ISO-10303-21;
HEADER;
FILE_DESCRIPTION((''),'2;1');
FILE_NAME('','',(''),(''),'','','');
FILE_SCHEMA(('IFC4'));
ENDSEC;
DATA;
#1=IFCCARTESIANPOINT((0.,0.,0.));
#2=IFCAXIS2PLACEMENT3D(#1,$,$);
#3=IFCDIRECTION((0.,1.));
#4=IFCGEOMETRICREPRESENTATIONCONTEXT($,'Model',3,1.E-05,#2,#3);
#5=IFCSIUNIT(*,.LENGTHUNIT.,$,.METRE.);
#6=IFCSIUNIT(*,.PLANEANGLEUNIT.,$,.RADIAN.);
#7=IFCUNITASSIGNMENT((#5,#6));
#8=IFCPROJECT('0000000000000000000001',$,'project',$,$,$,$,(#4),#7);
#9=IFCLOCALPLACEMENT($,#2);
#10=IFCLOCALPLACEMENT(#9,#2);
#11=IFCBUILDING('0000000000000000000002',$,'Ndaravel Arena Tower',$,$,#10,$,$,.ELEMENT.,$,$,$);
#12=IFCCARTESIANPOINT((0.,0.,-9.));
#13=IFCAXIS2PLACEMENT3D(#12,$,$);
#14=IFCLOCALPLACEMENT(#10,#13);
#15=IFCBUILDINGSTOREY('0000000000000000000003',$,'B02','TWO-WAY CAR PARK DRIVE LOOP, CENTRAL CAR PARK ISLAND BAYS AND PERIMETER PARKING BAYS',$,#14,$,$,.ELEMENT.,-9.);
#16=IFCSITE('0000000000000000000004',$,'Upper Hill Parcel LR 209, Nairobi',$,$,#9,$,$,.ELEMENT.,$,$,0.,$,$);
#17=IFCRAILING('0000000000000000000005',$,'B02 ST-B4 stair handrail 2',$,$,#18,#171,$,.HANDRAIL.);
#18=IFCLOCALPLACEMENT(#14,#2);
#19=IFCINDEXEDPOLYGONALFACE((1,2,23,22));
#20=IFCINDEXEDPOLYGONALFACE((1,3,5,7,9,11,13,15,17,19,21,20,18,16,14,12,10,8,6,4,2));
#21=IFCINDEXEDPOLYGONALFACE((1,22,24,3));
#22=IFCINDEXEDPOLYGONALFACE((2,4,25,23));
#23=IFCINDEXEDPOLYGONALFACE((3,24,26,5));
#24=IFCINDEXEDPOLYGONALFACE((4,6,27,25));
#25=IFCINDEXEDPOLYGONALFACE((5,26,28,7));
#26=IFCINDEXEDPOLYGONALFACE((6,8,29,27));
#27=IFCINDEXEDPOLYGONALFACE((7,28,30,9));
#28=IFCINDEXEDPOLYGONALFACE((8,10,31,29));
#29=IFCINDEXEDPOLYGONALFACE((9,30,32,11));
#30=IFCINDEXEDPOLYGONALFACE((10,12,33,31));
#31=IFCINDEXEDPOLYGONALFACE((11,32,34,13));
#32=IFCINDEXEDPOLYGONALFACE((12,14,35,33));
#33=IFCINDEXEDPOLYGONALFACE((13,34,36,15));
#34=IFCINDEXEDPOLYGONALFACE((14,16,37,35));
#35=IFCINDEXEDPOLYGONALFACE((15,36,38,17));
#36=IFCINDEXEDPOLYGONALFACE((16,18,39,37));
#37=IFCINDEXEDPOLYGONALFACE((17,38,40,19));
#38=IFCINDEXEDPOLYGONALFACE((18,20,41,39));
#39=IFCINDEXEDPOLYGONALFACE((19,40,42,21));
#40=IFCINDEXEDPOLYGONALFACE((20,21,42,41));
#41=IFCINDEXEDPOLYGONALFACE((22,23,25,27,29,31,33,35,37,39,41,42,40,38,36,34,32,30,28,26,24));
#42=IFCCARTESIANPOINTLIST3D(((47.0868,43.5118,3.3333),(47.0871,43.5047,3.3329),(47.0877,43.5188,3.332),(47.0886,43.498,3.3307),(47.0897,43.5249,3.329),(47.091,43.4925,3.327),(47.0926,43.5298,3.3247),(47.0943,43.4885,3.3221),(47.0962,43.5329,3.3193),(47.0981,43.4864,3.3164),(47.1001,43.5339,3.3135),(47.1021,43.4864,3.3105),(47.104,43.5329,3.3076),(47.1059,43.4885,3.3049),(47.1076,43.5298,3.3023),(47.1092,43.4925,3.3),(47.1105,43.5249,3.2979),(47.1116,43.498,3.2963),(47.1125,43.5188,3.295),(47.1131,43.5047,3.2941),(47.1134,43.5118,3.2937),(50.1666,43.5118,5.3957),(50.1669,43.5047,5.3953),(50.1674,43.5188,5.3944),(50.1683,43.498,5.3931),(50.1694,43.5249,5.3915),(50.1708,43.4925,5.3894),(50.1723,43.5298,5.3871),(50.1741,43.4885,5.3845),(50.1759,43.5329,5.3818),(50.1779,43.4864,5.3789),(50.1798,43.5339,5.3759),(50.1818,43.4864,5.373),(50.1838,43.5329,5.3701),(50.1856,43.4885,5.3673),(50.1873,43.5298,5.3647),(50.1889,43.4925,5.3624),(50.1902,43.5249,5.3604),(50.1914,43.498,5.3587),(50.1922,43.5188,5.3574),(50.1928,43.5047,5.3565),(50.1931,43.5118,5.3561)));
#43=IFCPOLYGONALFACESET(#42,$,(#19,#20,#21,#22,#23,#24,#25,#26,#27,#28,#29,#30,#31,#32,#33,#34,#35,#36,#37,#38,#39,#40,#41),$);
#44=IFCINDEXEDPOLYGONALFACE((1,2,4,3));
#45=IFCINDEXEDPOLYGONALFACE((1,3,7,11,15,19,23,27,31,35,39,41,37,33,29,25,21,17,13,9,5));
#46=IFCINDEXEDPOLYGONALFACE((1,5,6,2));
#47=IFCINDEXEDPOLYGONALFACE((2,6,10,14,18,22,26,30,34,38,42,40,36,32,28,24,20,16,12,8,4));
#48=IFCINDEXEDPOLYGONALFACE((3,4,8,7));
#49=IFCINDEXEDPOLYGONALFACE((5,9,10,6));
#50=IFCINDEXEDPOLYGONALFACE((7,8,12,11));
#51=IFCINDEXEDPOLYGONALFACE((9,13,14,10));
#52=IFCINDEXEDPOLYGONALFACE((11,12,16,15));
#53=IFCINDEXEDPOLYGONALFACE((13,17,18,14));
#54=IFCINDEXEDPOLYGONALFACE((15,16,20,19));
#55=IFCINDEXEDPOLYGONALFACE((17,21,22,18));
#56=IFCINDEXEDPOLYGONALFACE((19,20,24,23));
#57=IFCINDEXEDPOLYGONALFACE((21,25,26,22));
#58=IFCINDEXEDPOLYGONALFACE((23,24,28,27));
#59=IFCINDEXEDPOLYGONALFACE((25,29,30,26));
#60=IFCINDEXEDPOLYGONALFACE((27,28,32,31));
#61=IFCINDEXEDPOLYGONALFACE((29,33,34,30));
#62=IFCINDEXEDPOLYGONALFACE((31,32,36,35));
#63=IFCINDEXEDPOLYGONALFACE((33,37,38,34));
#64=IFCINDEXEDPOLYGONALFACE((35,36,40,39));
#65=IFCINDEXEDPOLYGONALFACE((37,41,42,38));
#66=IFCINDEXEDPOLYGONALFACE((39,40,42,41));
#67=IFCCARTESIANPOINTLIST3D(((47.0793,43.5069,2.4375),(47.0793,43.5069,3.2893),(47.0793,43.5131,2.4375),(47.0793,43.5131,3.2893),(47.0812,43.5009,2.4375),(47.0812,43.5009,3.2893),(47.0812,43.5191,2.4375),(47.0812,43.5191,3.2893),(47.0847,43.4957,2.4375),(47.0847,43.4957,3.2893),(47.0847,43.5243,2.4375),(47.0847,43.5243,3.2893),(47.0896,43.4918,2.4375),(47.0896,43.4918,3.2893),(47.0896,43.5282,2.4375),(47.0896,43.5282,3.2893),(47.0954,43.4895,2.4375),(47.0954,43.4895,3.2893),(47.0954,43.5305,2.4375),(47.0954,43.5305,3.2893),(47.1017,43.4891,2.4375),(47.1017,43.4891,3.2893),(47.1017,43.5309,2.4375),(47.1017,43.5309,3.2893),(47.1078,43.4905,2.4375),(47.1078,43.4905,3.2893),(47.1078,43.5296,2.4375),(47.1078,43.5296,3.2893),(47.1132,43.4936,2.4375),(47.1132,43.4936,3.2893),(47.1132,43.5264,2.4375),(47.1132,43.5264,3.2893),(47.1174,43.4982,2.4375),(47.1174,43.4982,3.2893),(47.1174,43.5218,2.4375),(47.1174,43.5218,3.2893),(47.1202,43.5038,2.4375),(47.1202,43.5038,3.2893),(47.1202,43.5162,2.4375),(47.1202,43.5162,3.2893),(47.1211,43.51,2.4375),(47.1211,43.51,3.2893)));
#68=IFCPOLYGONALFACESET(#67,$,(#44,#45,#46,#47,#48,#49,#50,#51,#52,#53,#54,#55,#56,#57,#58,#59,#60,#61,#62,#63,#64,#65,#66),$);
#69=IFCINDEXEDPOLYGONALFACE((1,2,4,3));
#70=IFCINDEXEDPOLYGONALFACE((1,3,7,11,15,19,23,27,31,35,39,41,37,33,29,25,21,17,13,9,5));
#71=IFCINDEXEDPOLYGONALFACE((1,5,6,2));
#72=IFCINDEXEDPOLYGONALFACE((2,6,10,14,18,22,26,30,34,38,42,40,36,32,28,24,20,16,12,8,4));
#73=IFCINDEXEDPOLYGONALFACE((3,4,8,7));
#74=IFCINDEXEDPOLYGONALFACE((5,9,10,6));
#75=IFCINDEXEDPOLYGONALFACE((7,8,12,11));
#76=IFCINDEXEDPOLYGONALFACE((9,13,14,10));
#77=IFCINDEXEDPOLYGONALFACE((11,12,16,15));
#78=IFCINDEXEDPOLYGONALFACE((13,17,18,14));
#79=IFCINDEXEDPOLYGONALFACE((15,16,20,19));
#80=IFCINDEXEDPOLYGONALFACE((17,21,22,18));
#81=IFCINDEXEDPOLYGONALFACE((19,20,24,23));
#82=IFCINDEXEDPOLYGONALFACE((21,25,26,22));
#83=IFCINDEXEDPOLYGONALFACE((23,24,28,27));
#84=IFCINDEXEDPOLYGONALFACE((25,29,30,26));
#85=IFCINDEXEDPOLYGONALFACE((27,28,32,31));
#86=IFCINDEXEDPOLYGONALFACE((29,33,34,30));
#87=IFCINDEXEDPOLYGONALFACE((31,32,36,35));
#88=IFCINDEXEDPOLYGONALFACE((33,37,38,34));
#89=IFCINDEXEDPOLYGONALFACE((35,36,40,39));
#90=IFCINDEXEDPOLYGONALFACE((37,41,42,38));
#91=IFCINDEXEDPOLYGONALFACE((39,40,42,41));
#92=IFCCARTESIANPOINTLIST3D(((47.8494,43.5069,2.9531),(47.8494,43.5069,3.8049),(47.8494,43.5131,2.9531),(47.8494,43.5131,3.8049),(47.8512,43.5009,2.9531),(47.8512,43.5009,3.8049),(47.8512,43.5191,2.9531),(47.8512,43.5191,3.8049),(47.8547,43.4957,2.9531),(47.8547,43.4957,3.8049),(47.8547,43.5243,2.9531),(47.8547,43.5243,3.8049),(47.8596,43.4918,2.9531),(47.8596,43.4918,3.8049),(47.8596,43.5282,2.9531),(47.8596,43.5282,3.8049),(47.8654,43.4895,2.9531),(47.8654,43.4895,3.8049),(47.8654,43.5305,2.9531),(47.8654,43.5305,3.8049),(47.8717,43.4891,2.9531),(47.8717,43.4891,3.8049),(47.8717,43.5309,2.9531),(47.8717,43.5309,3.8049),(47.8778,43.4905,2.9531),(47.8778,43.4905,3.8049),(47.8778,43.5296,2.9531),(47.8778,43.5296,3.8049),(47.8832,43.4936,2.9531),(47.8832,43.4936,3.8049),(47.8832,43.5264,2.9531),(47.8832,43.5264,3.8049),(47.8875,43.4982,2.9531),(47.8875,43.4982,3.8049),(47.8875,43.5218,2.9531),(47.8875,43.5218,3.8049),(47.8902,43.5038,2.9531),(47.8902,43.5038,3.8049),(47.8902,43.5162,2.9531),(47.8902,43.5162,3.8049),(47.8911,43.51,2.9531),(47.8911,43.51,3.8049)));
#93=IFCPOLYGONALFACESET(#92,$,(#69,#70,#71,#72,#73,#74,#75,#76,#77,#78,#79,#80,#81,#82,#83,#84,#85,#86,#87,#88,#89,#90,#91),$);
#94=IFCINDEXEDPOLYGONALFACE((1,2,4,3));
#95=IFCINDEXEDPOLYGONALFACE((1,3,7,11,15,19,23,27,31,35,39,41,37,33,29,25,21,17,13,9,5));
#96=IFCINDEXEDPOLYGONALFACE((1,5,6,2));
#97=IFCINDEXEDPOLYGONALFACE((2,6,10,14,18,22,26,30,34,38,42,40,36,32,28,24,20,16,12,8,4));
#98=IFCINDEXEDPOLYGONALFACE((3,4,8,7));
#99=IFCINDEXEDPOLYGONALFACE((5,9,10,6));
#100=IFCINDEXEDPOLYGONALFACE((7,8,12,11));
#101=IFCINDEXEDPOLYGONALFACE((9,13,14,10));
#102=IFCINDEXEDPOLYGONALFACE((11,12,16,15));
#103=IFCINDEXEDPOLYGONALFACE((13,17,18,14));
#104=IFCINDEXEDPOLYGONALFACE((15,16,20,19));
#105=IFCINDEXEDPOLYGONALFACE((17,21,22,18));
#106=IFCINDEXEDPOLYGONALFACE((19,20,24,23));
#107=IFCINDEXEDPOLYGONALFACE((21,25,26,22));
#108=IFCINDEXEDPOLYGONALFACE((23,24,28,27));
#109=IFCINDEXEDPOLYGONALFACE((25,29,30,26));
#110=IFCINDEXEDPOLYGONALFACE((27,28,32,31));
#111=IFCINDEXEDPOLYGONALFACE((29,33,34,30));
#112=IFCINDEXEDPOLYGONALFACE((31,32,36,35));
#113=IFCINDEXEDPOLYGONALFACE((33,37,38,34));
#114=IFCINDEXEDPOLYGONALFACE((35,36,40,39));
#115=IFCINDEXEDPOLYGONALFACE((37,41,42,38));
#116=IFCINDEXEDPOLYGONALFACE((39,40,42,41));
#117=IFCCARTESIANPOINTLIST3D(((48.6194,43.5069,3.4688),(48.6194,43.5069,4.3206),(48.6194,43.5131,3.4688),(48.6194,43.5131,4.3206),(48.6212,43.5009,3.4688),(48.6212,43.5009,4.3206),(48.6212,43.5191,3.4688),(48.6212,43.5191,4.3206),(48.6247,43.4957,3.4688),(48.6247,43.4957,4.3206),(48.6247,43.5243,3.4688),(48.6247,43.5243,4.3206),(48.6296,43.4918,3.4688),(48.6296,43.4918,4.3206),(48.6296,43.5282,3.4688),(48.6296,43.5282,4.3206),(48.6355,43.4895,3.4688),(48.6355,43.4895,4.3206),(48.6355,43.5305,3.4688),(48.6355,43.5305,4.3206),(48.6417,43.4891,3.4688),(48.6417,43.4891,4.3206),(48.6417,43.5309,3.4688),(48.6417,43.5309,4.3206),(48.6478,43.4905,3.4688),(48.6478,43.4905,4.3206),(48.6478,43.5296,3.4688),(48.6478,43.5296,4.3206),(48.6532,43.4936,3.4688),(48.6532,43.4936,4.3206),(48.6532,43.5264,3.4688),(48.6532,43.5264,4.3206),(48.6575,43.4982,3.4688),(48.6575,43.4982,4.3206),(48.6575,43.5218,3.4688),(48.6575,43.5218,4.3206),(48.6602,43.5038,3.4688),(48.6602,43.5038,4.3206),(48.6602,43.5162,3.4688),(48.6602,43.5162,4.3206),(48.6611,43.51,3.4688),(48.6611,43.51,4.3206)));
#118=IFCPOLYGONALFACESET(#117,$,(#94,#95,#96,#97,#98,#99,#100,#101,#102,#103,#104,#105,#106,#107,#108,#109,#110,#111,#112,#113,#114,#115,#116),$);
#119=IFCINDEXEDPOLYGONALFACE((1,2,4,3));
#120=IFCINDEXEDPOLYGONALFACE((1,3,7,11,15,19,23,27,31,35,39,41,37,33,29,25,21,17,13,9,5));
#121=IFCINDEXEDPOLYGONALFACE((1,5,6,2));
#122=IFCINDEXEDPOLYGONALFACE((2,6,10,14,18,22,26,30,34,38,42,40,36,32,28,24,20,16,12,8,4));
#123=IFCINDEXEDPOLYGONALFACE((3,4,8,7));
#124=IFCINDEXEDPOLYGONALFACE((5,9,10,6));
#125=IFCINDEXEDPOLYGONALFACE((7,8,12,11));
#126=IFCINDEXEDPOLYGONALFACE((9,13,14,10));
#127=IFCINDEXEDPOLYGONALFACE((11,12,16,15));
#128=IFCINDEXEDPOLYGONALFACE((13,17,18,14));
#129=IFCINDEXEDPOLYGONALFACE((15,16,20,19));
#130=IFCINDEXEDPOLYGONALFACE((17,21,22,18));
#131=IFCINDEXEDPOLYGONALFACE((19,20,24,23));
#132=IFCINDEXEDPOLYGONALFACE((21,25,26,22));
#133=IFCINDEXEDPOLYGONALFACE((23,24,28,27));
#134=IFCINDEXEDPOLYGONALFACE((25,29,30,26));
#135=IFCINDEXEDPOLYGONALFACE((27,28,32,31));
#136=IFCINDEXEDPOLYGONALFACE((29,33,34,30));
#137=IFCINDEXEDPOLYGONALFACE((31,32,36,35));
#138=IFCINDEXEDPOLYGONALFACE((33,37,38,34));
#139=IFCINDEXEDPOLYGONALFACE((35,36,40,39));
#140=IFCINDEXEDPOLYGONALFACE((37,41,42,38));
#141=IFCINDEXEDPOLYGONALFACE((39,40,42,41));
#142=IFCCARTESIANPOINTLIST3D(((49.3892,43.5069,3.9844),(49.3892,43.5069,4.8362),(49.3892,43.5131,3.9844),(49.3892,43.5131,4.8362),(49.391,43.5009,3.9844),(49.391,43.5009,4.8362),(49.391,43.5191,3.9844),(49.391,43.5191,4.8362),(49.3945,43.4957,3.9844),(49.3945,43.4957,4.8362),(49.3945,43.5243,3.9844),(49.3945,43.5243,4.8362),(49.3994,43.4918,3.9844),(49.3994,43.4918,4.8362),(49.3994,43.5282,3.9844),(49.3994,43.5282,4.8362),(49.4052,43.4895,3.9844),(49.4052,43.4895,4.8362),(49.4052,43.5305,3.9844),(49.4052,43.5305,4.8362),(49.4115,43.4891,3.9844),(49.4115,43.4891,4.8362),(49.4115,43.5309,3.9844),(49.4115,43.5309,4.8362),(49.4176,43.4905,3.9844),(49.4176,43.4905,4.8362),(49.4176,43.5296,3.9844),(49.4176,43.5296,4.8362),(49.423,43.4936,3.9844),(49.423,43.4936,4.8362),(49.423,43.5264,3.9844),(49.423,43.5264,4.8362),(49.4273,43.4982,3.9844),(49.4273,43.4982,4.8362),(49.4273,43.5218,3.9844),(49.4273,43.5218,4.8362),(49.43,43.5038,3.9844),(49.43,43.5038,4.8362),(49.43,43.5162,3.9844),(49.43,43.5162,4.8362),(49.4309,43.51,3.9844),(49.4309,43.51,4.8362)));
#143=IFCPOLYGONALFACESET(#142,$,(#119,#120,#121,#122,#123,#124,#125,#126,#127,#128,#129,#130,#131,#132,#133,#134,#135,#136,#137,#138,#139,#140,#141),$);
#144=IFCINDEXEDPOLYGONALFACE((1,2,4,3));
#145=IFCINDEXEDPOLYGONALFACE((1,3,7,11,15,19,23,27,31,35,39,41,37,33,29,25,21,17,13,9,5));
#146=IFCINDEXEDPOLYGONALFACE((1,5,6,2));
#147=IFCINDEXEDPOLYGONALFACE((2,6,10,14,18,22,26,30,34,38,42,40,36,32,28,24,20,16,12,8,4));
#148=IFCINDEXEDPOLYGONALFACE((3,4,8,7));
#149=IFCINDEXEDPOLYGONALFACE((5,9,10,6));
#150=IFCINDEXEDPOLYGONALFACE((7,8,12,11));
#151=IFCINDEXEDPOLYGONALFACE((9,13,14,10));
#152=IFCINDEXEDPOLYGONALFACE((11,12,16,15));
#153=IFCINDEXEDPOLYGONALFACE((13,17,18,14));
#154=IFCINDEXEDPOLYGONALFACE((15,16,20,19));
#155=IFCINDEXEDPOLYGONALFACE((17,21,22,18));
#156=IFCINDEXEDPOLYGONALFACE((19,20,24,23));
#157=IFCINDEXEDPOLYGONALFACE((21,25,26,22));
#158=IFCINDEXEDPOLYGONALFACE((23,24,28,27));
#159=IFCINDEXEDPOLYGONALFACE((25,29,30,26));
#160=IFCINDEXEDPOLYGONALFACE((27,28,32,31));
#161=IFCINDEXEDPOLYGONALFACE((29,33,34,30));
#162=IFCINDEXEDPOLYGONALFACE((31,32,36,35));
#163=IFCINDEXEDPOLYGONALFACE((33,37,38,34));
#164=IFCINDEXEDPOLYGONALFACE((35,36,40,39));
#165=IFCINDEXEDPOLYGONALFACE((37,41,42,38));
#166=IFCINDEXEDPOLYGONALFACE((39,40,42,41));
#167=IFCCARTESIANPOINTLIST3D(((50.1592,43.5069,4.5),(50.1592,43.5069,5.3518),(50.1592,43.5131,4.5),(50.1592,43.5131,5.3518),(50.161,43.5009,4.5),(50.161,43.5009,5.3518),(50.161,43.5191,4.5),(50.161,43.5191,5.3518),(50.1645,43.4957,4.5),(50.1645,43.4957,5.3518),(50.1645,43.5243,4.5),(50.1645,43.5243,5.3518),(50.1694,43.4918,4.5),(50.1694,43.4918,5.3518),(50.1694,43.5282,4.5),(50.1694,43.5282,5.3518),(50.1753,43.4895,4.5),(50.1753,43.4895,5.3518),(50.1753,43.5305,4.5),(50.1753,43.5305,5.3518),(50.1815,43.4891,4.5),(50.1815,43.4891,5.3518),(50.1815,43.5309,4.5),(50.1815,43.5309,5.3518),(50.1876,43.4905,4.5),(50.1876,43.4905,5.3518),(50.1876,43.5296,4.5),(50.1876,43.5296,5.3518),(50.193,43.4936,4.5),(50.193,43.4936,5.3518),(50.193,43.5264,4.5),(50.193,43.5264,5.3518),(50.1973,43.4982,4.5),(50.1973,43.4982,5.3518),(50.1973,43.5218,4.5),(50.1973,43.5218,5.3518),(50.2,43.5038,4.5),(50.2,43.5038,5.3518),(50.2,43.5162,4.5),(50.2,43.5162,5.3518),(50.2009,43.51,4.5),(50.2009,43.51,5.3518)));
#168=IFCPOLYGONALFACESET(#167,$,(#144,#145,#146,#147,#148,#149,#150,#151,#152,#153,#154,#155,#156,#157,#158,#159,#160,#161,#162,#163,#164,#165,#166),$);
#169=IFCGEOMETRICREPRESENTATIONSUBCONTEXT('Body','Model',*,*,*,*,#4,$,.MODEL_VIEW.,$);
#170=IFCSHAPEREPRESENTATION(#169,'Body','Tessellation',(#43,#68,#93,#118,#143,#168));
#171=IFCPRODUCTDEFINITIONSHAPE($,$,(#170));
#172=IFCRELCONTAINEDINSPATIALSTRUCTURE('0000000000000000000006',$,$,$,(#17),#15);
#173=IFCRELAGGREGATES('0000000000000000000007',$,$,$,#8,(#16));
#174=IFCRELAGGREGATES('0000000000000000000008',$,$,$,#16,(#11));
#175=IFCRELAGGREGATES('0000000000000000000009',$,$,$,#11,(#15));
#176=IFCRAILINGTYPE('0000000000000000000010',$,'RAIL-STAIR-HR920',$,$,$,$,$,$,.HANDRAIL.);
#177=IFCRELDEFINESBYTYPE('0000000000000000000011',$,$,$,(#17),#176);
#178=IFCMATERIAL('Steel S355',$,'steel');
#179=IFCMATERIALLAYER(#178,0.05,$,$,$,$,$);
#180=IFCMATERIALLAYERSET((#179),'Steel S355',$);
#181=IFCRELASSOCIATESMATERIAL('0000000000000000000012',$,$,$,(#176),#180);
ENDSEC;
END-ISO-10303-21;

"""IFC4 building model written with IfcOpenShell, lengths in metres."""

from ifc_helpers import new_model, si_unit, direction, frame, origin, origin_2d, place, context, subcontext, project, spatial, circle, extrude, material, layer, layer_set, type_object, element, save


model = new_model("IFC4")

# Units and contexts
model_context = context("Model", 3, precision=1e-05, world=origin(), true_north=direction((0.0, 1.0)))
body_context = subcontext(model_context, "Body", "Model", "MODEL_VIEW")
ifc_project = project(units=[si_unit("LENGTHUNIT", "METRE"), si_unit("PLANEANGLEUNIT", "RADIAN")], contexts=[model_context])

# Site, building, storey
site_placement = place(None, origin())
site = spatial("IfcSite", under=ifc_project, at=site_placement, Name="Upper Hill Parcel LR 209, Nairobi", CompositionType="ELEMENT", RefElevation=0.0)
building_placement = place(site_placement, origin())
building = spatial("IfcBuilding", under=site, at=building_placement, Name="Ndaravel Arena Tower", CompositionType="ELEMENT")
storey_placement = place(building_placement, frame((0.0, 0.0, -9.0)))
storey = spatial("IfcBuildingStorey", under=building, at=storey_placement, Name="B02", Description="TWO-WAY CAR PARK DRIVE LOOP, CENTRAL CAR PARK ISLAND BAYS AND PERIMETER PARKING BAYS", CompositionType="ELEMENT", Elevation=-9.0)

# Railing
ifc_material_1 = material(Name="Steel S355", Category="steel")
ifc_layer_1 = layer(ifc_material_1, 0.05)
ifc_layer_set_1 = layer_set([ifc_layer_1], Name="Steel S355")
railing_type_1 = type_object("IfcRailingType", Name="RAIL-STAIR-HR920", PredefinedType="HANDRAIL", material=ifc_layer_set_1)
railing_1_placement = place(storey_placement, frame((47.1001, 43.51, 2.4375)))
element("IfcRailing", 1, at=railing_1_placement, inside=storey, type_object=railing_type_1, Name="B02 ST-B4 stair handrail 2", PredefinedType="HANDRAIL", context=body_context, shape_type="SweptSolid", body=[
    extrude(circle(Radius=0.0239, at=origin_2d()), frame((0.0, 0.0, 0.876), z_axis=(0.830893, 0.0, 0.556432), x_axis=(0.0, 1.0, 0.0)), (0.0, 0.0, 1.0), 3.7065),
    extrude(circle(Radius=0.021, at=origin_2d()), origin(), (0.0, 0.0, 1.0), 0.8518),
    extrude(circle(Radius=0.021, at=origin_2d()), frame((0.77, 0.0, 0.5156)), (0.0, 0.0, 1.0), 0.8518),
    extrude(circle(Radius=0.021, at=origin_2d()), frame((1.54, 0.0, 1.0312)), (0.0, 0.0, 1.0), 0.8518),
    extrude(circle(Radius=0.021, at=origin_2d()), frame((2.3098, 0.0, 1.5469)), (0.0, 0.0, 1.0), 0.8518),
    extrude(circle(Radius=0.021, at=origin_2d()), frame((3.0798, 0.0, 2.0625)), (0.0, 0.0, 1.0), 0.8518),
])

save(model, "model.ifc")
